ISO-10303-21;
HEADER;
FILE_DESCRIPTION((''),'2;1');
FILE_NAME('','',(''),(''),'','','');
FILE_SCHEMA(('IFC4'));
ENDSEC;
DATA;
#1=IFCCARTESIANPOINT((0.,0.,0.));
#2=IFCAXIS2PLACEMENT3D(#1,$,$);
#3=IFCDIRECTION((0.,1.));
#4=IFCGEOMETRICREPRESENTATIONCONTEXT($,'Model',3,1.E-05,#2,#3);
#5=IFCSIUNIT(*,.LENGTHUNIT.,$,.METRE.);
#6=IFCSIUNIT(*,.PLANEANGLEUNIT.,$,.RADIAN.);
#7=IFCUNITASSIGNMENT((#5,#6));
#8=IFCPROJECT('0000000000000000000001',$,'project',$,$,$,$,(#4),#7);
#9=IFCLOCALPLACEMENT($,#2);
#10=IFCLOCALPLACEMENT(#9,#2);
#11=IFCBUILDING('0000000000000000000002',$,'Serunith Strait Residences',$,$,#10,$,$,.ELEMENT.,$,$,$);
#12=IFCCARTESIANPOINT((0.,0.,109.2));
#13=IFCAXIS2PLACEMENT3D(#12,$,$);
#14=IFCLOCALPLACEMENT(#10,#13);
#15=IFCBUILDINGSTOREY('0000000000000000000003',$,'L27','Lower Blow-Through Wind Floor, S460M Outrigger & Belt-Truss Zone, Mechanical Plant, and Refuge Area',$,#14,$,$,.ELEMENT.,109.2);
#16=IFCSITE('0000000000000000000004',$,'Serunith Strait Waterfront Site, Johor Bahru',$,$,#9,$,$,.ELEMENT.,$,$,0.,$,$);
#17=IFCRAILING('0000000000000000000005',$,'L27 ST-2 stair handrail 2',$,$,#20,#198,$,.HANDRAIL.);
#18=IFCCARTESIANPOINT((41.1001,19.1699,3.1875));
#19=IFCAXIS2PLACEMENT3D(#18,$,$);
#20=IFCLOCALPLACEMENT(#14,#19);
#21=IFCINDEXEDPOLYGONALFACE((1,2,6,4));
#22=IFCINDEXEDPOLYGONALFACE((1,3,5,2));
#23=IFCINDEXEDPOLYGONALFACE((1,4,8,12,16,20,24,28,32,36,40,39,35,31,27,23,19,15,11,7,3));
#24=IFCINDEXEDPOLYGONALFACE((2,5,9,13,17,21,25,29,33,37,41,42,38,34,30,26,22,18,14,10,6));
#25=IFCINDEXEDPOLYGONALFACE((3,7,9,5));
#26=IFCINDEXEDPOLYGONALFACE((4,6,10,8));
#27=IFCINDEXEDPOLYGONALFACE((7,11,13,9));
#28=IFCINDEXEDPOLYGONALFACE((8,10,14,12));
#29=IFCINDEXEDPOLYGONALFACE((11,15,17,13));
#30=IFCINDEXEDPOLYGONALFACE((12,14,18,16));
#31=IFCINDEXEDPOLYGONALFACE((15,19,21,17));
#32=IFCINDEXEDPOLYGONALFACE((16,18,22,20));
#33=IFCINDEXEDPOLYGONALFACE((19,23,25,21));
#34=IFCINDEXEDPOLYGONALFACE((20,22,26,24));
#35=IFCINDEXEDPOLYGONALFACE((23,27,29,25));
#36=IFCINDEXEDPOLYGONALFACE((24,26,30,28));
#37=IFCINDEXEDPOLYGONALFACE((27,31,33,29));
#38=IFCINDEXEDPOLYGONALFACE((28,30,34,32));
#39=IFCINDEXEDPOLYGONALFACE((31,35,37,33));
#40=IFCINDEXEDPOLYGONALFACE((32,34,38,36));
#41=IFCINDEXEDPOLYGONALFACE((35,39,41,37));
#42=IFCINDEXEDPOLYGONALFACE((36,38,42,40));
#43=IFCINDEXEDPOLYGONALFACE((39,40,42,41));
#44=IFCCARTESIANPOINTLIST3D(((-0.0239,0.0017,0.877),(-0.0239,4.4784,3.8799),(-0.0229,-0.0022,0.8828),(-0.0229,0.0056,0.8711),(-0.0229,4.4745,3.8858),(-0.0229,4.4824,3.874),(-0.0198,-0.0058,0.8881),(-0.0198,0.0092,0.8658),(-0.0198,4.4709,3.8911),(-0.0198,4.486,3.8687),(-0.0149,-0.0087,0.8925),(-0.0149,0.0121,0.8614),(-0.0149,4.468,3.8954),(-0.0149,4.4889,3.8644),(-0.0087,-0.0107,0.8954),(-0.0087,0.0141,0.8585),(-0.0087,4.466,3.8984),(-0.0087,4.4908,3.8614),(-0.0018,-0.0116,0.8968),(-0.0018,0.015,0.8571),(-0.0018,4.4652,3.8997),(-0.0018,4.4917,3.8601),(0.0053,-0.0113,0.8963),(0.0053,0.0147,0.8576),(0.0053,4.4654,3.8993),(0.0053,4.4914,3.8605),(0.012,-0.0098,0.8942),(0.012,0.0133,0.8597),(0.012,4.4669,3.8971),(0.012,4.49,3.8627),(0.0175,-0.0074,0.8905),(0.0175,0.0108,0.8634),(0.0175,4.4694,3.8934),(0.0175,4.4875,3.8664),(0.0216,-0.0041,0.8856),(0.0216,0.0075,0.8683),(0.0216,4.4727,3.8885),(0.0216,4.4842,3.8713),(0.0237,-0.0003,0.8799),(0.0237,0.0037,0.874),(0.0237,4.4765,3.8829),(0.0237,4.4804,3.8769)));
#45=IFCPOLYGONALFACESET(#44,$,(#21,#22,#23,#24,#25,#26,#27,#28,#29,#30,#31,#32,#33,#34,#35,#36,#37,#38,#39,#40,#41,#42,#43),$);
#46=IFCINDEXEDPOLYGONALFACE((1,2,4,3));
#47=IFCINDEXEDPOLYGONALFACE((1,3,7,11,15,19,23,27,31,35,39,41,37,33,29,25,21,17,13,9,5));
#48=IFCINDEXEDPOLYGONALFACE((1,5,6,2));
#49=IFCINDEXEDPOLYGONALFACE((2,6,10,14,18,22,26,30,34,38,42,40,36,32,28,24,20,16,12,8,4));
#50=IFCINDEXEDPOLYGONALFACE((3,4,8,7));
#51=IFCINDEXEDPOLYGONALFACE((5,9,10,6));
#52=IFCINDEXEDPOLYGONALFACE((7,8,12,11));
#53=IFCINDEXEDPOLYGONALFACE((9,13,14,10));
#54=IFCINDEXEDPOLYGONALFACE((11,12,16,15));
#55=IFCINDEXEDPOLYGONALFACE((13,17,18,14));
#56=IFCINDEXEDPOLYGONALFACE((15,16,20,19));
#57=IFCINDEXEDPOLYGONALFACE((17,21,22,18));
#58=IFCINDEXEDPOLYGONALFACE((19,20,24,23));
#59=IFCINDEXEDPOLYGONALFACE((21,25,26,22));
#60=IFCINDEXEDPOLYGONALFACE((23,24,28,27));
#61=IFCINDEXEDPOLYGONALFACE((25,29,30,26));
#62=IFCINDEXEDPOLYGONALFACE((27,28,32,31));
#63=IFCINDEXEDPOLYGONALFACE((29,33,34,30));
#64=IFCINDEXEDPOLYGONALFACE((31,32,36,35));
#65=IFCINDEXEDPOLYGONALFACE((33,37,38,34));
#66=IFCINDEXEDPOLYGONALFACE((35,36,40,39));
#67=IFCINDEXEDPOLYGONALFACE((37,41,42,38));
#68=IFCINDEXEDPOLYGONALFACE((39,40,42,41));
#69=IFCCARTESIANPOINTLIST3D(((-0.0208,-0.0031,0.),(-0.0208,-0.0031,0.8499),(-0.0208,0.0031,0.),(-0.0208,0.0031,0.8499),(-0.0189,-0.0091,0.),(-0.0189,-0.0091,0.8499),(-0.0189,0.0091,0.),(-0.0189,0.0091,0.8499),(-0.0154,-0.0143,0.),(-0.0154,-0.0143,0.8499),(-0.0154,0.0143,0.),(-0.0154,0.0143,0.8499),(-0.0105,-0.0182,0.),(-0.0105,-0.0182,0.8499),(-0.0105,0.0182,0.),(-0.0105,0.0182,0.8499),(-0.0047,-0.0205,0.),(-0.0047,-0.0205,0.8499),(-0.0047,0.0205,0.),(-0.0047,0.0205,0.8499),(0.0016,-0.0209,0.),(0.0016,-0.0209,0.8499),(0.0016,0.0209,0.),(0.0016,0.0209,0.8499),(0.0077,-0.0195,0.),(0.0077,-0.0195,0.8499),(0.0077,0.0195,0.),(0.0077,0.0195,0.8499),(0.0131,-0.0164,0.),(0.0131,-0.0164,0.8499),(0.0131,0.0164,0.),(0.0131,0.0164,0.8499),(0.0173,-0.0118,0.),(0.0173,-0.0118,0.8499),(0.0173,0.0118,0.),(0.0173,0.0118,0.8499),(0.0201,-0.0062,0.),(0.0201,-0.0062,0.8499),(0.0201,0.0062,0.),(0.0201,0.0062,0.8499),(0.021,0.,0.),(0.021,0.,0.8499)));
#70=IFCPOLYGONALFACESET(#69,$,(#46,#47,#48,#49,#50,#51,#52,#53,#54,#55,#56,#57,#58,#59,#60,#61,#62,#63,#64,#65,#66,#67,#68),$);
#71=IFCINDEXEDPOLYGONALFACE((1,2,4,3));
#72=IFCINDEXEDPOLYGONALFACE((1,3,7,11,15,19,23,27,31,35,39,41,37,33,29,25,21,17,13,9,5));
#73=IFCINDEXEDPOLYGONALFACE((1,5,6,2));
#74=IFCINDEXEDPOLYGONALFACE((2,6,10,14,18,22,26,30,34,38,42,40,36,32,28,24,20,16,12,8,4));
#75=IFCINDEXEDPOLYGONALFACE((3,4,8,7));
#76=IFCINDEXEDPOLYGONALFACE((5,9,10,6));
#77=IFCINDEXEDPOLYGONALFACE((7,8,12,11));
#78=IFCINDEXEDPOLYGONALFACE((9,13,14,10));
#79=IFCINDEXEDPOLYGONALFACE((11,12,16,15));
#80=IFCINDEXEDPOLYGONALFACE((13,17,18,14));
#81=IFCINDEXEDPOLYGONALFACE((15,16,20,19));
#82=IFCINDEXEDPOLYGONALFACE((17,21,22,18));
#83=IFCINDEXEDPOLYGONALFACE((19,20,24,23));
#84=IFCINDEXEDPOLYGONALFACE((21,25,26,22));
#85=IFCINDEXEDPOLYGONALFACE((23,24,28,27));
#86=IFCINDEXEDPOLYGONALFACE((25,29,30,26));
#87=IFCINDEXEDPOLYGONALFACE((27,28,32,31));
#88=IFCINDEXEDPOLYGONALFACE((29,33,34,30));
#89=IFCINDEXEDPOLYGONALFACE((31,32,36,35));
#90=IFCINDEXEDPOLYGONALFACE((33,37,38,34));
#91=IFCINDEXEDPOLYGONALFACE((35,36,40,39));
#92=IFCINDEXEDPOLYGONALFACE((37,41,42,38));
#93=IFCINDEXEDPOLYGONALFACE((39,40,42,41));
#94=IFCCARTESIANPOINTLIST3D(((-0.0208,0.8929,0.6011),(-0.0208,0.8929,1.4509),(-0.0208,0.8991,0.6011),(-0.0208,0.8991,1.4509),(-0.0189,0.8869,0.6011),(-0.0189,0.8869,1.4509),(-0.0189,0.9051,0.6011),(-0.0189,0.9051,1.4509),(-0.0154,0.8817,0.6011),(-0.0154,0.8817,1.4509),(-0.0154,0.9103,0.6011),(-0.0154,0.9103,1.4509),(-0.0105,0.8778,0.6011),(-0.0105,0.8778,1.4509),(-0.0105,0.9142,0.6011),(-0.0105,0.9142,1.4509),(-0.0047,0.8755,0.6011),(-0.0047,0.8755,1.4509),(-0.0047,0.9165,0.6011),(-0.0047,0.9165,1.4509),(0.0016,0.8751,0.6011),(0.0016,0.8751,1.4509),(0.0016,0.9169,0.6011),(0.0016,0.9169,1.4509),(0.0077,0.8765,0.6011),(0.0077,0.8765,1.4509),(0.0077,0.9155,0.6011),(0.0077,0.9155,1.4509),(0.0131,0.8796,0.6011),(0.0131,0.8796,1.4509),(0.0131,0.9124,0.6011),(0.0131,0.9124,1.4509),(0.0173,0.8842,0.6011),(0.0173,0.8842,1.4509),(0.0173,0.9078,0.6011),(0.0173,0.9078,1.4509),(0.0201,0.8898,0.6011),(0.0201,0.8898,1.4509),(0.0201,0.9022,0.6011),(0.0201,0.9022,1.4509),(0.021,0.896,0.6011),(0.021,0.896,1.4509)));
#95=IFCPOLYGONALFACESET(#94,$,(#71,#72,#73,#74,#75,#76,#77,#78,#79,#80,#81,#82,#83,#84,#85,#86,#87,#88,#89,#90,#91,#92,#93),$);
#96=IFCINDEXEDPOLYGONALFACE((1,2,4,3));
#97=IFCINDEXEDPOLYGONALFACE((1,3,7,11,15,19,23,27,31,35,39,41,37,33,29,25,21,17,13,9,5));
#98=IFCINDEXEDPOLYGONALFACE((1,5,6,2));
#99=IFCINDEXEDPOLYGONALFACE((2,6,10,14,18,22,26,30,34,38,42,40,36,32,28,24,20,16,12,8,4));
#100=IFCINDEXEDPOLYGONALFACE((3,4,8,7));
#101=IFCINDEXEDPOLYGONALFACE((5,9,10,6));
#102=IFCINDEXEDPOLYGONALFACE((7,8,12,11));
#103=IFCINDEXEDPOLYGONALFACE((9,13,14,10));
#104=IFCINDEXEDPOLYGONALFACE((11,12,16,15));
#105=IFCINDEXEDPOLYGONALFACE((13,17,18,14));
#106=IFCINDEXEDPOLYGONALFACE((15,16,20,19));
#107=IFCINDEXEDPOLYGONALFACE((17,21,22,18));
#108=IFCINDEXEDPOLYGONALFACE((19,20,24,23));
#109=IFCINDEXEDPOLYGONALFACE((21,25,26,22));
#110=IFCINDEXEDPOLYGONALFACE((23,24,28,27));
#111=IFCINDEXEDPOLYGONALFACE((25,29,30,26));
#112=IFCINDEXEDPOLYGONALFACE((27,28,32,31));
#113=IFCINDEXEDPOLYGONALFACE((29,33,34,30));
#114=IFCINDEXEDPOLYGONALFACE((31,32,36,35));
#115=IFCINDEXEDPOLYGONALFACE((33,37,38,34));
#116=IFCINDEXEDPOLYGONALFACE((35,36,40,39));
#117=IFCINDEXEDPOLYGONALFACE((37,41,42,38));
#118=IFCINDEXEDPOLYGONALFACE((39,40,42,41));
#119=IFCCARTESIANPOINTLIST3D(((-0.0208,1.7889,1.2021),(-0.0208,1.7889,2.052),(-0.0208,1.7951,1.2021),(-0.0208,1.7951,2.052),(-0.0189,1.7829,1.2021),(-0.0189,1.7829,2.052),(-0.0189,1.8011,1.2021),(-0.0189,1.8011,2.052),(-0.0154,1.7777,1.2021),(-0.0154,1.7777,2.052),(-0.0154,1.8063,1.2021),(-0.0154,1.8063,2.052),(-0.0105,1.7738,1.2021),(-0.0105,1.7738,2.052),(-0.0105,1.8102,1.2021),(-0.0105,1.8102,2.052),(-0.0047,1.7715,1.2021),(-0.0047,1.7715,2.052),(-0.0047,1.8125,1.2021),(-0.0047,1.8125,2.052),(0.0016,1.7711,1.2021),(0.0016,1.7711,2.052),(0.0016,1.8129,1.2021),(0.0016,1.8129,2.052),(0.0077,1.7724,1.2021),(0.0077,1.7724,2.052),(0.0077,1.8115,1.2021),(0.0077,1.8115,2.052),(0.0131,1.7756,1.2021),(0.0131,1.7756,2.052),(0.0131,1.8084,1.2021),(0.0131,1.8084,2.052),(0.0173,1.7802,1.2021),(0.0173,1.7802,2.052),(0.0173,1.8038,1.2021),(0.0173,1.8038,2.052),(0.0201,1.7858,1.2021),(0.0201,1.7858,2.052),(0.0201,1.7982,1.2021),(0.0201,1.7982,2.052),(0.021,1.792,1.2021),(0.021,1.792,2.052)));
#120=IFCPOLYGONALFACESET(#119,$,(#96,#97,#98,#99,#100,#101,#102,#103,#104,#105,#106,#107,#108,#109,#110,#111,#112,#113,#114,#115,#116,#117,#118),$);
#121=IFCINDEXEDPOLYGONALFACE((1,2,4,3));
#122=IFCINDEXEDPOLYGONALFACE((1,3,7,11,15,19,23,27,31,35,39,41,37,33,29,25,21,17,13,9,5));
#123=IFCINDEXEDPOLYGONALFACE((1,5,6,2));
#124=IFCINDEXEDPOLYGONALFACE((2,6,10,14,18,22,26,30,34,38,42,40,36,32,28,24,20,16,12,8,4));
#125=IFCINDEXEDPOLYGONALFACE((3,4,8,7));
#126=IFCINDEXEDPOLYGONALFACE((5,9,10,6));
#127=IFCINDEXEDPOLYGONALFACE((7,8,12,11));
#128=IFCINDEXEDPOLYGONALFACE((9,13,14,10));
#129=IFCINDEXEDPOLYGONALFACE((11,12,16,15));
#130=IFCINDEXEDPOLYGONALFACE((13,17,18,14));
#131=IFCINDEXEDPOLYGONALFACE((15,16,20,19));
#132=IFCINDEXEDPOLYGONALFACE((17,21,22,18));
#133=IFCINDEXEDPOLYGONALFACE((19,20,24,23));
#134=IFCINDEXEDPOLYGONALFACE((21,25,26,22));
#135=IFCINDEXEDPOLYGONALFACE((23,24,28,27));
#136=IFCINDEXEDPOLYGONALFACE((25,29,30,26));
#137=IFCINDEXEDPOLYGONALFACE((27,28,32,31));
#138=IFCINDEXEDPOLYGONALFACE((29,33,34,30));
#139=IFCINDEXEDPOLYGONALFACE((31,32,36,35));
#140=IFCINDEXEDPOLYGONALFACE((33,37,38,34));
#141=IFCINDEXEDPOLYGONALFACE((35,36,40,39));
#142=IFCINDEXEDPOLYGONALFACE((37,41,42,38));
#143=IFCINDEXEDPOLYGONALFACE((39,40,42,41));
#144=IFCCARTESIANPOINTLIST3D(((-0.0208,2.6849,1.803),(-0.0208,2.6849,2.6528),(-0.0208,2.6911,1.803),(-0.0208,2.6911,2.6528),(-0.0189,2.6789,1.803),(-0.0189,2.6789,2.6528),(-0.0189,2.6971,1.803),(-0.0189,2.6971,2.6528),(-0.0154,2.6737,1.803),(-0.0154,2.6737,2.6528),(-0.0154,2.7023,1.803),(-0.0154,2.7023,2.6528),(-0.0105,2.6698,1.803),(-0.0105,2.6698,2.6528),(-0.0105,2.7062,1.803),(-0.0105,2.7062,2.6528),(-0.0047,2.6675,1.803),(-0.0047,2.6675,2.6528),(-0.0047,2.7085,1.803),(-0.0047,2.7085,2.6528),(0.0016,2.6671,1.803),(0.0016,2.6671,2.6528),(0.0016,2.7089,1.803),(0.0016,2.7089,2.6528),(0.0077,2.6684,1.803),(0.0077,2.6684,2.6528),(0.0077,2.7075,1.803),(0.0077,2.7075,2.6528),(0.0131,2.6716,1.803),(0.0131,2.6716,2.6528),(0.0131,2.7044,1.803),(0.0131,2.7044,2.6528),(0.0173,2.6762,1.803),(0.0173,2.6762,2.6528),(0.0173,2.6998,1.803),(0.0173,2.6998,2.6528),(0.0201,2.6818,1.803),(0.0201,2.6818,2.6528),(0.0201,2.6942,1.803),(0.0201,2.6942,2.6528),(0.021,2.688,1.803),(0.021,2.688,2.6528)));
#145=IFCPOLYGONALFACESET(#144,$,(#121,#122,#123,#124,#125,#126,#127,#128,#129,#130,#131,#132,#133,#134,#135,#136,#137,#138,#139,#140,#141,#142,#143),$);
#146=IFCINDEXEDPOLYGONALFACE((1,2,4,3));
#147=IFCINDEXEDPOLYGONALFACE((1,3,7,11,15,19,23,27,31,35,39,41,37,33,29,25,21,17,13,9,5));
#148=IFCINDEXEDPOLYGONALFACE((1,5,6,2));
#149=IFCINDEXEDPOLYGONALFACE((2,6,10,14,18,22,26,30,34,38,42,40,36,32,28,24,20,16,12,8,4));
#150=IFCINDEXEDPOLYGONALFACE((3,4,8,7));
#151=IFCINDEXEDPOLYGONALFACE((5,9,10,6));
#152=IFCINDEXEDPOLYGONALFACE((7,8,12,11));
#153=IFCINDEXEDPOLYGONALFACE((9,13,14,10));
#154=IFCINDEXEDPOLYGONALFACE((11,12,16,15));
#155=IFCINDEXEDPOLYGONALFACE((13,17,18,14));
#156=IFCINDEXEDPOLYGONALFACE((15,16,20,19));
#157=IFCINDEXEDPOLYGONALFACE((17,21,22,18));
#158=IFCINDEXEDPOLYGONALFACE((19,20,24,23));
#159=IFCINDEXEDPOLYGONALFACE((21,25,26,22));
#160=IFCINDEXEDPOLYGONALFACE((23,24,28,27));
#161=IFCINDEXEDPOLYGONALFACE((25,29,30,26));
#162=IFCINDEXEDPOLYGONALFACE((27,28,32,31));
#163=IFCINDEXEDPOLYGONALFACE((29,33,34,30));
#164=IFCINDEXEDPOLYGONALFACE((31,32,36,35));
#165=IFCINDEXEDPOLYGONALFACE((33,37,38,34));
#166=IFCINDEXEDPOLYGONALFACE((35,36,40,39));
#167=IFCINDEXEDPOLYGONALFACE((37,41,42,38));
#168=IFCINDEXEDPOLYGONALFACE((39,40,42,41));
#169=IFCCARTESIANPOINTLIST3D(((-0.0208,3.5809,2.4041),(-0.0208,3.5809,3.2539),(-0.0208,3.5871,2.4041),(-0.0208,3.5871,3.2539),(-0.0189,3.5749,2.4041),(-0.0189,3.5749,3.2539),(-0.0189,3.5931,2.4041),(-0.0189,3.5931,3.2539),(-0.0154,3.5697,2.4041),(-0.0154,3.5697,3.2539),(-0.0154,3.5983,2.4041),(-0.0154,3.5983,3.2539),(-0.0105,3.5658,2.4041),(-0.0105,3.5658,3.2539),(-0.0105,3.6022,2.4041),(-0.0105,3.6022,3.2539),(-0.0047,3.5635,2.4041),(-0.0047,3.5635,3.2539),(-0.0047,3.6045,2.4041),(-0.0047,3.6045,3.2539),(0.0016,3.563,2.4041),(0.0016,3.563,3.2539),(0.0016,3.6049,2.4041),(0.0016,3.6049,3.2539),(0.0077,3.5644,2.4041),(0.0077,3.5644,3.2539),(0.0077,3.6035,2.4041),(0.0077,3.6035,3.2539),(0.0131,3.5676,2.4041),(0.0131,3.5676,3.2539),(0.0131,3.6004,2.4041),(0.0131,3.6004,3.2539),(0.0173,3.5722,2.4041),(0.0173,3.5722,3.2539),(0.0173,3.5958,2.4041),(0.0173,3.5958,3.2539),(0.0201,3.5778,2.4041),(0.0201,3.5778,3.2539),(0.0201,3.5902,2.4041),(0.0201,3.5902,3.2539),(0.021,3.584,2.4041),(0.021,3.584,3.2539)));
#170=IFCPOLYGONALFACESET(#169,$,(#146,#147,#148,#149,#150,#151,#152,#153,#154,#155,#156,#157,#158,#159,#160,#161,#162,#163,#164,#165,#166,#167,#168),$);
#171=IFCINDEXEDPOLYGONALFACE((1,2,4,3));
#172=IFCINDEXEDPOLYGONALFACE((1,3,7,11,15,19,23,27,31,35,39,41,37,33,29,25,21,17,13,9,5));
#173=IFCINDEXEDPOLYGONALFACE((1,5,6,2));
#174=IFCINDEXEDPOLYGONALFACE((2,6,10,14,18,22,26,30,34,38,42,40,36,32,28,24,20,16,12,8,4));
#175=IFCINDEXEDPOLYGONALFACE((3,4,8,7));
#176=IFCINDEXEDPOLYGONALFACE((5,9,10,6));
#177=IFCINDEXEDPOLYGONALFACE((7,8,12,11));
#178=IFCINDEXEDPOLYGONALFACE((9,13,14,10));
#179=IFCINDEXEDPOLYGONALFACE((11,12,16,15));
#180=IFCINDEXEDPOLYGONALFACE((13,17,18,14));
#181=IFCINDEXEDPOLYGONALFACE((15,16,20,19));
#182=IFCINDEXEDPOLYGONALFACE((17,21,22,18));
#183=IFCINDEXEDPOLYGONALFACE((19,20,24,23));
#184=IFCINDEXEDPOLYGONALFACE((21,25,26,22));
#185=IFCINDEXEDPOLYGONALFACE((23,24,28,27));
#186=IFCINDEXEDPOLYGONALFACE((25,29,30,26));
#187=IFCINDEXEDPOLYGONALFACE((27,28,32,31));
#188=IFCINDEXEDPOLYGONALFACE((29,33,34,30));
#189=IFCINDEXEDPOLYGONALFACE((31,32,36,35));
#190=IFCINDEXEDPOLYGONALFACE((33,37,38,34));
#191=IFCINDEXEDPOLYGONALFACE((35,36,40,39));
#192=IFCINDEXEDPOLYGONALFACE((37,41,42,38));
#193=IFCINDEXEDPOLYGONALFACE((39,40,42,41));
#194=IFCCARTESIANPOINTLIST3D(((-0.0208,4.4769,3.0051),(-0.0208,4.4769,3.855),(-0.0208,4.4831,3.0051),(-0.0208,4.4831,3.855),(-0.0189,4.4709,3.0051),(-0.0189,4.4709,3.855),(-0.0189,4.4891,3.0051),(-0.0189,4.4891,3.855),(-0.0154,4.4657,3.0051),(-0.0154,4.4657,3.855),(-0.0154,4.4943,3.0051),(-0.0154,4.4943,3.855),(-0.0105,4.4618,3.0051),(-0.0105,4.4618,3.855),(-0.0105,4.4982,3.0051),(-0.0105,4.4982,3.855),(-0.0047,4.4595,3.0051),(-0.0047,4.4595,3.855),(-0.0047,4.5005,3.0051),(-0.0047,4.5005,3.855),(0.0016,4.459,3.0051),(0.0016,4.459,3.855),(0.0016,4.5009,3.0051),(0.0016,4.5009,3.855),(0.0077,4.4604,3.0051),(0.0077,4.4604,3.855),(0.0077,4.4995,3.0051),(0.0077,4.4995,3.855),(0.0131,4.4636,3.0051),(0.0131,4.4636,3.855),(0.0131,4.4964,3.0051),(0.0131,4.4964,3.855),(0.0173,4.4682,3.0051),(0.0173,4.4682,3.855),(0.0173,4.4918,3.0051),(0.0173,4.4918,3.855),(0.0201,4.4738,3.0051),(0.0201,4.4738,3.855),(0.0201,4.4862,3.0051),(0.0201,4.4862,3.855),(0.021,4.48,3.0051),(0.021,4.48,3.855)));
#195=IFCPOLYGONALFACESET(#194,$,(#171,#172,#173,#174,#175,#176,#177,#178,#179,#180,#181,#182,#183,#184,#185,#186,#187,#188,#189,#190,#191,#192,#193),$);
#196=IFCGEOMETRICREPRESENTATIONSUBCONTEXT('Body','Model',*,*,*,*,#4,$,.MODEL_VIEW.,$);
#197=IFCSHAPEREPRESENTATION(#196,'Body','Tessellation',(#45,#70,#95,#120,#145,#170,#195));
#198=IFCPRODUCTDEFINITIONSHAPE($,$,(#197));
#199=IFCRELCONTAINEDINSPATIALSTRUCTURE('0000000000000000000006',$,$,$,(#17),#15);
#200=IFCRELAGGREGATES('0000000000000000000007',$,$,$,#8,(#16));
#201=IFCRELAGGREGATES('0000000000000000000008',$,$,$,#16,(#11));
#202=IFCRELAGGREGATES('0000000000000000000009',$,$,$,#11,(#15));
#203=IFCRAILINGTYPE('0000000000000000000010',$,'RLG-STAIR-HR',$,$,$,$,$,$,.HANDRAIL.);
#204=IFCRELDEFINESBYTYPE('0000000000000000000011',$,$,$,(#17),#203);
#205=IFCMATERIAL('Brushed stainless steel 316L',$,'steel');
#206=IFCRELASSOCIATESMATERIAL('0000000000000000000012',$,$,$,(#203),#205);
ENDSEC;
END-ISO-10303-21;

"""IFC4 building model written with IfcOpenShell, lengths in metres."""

from ifc_helpers import new_model, si_unit, direction, frame, origin, origin_2d, place, context, subcontext, project, spatial, circle, extrude, material, type_object, element, save


model = new_model("IFC4")

# Units and contexts
model_context = context("Model", 3, precision=1e-05, world=origin(), true_north=direction((0.0, 1.0)))
body_context = subcontext(model_context, "Body", "Model", "MODEL_VIEW")
ifc_project = project(units=[si_unit("LENGTHUNIT", "METRE"), si_unit("PLANEANGLEUNIT", "RADIAN")], contexts=[model_context])

# Site, building, storey
site_placement = place(None, origin())
site = spatial("IfcSite", under=ifc_project, at=site_placement, Name="Serunith Strait Waterfront Site, Johor Bahru", CompositionType="ELEMENT", RefElevation=0.0)
building_placement = place(site_placement, origin())
building = spatial("IfcBuilding", under=site, at=building_placement, Name="Serunith Strait Residences", CompositionType="ELEMENT")
storey_placement = place(building_placement, frame((0.0, 0.0, 109.2)))
storey = spatial("IfcBuildingStorey", under=building, at=storey_placement, Name="L27", Description="Lower Blow-Through Wind Floor, S460M Outrigger & Belt-Truss Zone, Mechanical Plant, and Refuge Area", CompositionType="ELEMENT", Elevation=109.2)

# Railing
ifc_material_1 = material(Name="Brushed stainless steel 316L", Category="steel")
railing_type_1 = type_object("IfcRailingType", Name="RLG-STAIR-HR", PredefinedType="HANDRAIL", material=ifc_material_1)
railing_1_placement = place(storey_placement, frame((41.1001, 19.1699, 3.1875)))
element("IfcRailing", 1, at=railing_1_placement, inside=storey, type_object=railing_type_1, Name="L27 ST-2 stair handrail 2", PredefinedType="HANDRAIL", context=body_context, shape_type="SweptSolid", body=[
    extrude(circle(Radius=0.0239, at=origin_2d()), frame((0.0, 0.0017, 0.877), z_axis=(0.0, 0.830466, 0.557069), x_axis=(-1.0, 0.0, 0.0)), (0.0, 0.0, 1.0), 5.3906),
    extrude(circle(Radius=0.021, at=origin_2d()), origin(), (0.0, 0.0, 1.0), 0.8499),
    extrude(circle(Radius=0.021, at=origin_2d()), frame((0.0, 0.896, 0.6011)), (0.0, 0.0, 1.0), 0.8499),
    extrude(circle(Radius=0.021, at=origin_2d()), frame((0.0, 1.792, 1.2021)), (0.0, 0.0, 1.0), 0.8499),
    extrude(circle(Radius=0.021, at=origin_2d()), frame((0.0, 2.688, 1.803)), (0.0, 0.0, 1.0), 0.8499),
    extrude(circle(Radius=0.021, at=origin_2d()), frame((0.0, 3.584, 2.4041)), (0.0, 0.0, 1.0), 0.8499),
    extrude(circle(Radius=0.021, at=origin_2d()), frame((0.0, 4.48, 3.0051)), (0.0, 0.0, 1.0), 0.8499),
])

save(model, "model.ifc")
